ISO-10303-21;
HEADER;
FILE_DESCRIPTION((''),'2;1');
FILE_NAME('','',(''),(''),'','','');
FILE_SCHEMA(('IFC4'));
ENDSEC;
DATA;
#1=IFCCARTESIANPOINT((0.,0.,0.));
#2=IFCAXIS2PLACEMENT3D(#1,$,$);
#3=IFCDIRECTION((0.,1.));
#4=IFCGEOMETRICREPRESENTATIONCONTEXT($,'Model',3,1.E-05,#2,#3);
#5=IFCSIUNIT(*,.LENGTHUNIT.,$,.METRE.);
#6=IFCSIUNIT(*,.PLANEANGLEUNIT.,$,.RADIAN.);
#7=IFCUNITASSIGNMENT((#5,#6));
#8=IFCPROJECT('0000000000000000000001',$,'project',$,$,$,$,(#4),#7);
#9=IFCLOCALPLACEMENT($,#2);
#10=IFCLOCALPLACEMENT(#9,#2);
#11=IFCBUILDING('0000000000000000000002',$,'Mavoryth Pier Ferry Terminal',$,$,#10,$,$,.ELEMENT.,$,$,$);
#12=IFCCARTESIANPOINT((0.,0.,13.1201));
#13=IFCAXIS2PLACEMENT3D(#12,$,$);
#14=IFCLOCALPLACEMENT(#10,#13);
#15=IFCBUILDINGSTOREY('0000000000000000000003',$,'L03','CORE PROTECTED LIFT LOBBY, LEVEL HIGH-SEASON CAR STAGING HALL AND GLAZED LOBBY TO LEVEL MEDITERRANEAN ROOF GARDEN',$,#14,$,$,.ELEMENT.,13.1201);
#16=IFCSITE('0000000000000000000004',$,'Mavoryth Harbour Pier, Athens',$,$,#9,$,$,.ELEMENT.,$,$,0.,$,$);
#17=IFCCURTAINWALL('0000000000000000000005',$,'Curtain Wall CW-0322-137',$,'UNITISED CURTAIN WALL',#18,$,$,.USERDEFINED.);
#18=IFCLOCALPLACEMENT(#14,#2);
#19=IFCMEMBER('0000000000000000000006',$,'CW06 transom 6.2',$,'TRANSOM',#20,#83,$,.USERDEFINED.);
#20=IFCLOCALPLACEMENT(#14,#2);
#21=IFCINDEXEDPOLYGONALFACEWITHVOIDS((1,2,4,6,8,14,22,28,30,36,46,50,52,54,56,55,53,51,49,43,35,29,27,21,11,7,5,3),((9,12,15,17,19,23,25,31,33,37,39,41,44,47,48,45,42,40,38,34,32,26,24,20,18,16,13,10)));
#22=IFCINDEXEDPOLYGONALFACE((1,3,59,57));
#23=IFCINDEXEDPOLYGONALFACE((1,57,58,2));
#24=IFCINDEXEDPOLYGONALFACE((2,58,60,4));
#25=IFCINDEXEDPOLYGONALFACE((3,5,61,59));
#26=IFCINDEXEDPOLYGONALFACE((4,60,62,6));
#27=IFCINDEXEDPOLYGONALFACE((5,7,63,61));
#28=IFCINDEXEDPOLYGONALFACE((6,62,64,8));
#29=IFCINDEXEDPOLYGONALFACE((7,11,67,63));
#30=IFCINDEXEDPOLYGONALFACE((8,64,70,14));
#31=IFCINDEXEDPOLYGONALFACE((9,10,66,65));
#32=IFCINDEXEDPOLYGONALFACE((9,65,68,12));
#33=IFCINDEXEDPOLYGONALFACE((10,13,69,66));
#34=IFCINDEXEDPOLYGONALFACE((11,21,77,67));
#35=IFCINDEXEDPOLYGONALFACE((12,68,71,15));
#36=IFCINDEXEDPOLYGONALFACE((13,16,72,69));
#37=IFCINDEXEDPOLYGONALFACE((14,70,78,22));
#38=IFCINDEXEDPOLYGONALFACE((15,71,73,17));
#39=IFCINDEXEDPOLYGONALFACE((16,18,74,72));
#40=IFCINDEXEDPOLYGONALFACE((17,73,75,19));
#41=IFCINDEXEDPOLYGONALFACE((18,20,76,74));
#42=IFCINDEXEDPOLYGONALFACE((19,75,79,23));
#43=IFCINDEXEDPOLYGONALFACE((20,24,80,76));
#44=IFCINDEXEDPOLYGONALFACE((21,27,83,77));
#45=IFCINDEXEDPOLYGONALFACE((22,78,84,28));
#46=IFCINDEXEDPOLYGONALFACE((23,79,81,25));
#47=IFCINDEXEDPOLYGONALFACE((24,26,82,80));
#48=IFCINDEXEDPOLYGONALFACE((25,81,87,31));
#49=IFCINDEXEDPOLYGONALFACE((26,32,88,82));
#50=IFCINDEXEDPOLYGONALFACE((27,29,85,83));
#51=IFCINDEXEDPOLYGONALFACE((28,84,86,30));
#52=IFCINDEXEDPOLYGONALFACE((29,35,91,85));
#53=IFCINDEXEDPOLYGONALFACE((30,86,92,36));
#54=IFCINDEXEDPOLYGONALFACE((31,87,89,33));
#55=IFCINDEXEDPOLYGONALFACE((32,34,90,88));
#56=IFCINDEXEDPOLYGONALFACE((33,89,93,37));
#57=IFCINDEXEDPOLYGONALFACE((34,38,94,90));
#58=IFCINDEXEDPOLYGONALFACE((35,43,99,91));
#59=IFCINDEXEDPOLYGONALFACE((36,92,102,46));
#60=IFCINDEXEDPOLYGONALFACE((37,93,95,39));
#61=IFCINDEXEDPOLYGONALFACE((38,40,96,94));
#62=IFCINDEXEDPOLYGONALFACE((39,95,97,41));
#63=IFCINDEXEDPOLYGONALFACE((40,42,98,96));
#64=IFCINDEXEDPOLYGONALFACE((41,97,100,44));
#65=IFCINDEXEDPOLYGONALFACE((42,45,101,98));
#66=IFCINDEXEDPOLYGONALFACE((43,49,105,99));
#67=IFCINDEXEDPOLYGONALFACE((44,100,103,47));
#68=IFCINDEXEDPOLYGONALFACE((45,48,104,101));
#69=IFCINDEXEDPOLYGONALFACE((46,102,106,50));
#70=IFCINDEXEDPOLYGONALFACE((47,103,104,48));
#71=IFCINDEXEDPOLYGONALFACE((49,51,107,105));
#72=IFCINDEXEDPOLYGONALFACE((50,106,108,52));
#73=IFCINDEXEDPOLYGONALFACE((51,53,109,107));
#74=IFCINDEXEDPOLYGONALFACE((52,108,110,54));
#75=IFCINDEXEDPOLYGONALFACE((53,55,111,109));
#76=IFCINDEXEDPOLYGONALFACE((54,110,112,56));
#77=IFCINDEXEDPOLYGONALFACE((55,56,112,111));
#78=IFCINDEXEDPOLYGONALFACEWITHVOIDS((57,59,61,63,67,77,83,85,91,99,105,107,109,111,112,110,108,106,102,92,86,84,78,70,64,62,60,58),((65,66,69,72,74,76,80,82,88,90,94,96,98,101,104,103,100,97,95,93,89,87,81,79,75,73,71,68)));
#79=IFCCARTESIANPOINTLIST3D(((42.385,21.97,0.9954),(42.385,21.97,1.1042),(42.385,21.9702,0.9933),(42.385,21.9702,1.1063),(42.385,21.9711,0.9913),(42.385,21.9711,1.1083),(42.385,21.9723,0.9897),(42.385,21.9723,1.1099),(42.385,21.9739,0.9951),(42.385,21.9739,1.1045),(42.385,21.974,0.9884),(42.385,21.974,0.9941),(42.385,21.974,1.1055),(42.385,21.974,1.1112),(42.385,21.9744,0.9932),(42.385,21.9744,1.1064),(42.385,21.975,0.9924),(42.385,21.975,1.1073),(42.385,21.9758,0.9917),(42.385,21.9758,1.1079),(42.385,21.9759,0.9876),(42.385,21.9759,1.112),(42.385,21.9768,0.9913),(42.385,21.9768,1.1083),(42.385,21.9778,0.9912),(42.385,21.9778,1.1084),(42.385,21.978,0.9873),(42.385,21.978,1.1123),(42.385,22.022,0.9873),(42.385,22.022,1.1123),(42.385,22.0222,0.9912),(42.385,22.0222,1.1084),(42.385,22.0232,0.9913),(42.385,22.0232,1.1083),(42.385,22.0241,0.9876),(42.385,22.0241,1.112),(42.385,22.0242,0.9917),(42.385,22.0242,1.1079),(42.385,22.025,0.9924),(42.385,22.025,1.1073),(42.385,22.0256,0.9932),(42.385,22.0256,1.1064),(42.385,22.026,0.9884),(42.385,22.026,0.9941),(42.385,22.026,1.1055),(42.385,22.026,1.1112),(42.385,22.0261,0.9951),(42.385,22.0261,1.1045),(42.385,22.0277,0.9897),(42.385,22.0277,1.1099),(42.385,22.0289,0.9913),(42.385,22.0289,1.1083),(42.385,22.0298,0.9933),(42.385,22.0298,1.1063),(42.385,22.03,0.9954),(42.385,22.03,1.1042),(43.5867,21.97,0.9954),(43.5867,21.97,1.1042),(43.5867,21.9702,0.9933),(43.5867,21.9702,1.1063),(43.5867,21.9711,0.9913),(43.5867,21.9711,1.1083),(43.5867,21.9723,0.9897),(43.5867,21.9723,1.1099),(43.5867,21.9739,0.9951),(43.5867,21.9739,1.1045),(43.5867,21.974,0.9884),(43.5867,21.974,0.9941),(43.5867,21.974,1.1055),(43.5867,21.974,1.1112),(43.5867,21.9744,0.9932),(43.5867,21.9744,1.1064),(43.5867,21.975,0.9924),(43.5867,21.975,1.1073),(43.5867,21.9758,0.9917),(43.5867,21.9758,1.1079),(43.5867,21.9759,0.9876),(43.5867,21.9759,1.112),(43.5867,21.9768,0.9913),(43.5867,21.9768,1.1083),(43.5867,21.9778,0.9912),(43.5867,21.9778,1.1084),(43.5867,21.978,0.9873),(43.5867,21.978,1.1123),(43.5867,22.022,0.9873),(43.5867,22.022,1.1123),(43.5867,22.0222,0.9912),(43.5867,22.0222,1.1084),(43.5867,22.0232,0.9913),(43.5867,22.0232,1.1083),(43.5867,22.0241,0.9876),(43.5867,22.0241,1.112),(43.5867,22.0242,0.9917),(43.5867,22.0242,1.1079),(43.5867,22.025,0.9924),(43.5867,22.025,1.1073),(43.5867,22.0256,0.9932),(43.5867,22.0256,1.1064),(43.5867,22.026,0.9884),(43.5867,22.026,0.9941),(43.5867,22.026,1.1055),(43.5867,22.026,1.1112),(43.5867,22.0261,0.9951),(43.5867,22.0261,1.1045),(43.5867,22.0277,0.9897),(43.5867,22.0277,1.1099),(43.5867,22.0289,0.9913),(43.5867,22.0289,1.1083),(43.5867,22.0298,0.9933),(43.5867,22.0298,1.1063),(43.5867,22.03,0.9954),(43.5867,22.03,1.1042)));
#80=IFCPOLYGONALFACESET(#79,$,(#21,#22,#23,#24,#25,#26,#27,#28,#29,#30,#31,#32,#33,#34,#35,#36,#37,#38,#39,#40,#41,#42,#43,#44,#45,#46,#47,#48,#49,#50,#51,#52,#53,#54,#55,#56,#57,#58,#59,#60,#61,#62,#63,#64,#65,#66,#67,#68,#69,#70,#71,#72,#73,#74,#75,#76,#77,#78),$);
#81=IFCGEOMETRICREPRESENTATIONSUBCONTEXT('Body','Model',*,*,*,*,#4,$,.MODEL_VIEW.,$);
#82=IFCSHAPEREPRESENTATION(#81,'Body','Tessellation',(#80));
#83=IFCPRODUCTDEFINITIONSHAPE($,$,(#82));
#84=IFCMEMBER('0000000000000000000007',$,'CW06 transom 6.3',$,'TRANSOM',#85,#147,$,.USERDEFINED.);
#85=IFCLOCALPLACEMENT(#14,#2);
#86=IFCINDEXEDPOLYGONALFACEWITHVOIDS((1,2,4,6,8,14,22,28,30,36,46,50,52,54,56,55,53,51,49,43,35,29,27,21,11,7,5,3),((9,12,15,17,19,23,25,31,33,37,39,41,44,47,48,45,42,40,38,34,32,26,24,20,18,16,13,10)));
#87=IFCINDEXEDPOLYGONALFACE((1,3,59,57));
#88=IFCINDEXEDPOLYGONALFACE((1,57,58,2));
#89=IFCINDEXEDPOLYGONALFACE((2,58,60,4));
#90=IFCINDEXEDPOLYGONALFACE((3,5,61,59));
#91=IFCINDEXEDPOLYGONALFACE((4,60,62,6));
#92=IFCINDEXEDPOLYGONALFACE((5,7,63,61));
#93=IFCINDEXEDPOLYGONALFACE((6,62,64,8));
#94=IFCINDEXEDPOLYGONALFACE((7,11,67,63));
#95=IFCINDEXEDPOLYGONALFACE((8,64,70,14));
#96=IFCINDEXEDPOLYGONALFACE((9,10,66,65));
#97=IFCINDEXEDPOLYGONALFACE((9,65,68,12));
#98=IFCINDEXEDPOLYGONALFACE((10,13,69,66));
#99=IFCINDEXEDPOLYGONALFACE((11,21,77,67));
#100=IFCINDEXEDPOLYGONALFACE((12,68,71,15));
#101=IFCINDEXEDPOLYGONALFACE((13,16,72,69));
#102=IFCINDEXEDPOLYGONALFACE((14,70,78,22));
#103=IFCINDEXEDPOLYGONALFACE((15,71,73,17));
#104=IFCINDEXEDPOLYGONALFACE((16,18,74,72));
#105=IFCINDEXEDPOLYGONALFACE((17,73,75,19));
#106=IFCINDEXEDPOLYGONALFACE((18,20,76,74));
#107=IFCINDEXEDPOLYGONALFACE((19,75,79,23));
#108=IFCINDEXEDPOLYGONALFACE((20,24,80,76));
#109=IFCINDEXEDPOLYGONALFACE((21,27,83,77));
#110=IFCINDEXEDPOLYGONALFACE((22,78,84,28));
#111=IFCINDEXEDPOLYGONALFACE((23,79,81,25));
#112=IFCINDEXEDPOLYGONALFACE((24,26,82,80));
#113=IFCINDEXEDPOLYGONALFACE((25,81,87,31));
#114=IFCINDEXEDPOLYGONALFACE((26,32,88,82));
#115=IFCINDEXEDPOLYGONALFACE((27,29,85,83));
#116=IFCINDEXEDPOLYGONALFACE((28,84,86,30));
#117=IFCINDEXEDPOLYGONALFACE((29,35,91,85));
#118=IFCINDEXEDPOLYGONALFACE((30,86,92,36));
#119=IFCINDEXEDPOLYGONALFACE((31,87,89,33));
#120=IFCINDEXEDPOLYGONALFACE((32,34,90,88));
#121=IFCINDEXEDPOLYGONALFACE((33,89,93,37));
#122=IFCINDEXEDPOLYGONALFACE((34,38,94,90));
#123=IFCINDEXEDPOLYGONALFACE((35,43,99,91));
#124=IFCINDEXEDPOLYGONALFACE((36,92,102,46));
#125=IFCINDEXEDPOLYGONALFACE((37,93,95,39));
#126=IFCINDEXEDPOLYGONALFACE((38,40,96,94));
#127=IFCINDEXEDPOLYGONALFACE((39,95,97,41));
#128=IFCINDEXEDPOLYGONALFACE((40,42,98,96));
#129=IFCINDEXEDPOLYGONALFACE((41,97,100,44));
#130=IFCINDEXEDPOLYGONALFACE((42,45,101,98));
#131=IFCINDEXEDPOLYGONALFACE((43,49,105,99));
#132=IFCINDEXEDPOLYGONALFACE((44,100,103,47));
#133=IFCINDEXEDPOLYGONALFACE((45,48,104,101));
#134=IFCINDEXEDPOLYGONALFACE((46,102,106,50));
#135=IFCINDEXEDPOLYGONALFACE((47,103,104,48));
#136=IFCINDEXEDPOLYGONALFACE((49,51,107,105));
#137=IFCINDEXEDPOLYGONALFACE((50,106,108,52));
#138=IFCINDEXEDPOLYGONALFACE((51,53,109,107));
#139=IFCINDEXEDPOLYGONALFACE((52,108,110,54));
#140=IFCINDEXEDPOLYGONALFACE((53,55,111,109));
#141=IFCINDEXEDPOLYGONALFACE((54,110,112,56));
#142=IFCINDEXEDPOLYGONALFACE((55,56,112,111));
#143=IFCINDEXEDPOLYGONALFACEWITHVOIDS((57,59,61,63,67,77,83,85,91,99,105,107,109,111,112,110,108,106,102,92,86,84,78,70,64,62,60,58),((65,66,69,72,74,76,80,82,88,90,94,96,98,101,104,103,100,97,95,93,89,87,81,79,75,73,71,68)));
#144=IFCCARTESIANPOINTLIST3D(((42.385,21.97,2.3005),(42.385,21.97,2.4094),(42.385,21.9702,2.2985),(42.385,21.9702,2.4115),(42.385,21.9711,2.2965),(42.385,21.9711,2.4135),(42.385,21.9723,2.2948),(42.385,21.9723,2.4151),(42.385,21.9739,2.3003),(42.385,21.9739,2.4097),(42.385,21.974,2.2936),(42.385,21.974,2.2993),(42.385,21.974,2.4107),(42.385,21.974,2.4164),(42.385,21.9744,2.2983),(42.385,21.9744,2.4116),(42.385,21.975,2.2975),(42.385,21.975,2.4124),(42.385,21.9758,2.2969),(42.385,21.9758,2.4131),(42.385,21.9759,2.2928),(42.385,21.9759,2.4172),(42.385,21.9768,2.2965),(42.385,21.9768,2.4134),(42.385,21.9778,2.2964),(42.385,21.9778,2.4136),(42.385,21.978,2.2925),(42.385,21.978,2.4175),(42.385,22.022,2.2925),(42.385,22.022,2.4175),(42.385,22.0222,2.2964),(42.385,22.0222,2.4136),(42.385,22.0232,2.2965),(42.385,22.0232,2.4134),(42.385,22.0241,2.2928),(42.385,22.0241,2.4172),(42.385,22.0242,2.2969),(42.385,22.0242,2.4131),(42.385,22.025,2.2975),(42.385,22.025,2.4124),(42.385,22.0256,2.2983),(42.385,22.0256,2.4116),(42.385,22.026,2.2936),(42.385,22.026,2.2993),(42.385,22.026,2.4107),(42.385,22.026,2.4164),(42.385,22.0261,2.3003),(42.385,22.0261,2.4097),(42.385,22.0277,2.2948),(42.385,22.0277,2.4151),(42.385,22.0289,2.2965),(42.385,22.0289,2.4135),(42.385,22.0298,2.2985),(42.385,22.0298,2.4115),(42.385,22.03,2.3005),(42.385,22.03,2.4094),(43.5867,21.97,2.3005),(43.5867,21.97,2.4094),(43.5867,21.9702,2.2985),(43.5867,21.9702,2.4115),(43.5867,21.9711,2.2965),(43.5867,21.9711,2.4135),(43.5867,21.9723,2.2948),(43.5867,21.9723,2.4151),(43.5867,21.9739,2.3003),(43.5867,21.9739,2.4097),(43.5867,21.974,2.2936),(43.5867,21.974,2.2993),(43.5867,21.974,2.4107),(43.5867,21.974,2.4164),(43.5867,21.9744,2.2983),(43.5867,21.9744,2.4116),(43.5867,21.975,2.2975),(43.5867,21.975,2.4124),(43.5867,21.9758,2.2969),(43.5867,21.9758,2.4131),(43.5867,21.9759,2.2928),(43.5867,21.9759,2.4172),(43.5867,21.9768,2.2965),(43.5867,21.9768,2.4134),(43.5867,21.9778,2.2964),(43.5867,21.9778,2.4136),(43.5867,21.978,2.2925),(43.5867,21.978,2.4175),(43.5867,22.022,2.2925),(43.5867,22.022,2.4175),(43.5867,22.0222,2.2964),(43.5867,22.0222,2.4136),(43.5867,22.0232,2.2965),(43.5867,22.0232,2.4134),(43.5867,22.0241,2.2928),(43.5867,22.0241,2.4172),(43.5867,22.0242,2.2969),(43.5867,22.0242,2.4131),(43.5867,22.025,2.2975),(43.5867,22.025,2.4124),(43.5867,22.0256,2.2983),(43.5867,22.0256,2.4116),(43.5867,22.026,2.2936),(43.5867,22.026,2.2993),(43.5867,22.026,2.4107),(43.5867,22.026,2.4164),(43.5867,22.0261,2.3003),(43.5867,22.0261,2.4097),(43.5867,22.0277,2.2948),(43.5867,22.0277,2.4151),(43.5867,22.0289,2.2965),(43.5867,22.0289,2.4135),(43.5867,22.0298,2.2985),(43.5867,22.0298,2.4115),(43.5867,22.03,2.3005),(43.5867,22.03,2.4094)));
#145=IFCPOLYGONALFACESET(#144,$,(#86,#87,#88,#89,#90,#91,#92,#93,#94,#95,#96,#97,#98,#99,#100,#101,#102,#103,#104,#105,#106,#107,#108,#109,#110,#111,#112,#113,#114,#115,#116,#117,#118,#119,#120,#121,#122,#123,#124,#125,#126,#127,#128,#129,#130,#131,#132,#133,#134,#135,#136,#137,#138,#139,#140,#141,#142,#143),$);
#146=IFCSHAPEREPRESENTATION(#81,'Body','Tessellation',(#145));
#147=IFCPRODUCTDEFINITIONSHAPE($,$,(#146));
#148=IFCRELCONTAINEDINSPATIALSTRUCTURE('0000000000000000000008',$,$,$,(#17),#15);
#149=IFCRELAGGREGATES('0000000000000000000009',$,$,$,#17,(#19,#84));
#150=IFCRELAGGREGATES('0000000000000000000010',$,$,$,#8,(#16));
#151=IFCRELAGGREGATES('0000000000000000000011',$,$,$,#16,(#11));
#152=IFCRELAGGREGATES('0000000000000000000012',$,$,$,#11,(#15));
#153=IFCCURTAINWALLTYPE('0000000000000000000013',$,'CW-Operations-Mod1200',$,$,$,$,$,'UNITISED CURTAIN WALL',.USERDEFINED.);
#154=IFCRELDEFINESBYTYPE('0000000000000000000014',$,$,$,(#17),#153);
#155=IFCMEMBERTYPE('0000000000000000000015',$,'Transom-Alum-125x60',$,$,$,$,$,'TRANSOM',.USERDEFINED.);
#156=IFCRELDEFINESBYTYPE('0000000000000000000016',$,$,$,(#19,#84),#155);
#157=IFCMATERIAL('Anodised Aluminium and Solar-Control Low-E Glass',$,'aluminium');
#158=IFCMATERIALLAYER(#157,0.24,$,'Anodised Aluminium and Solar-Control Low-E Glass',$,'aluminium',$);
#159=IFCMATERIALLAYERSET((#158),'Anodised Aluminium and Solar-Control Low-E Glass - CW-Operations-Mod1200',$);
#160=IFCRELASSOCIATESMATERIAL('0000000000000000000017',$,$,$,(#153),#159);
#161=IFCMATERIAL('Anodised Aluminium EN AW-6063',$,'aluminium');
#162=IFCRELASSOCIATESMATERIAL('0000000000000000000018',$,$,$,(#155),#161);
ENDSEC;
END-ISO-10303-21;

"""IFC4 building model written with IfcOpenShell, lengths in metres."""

from ifc_helpers import new_model, si_unit, direction, frame, origin, origin_2d, place, context, subcontext, project, spatial, hollow_rectangle, extrude, material, layer, layer_set, material_profile, profile_set, type_object, element, aggregate, save


model = new_model("IFC4")

# Units and contexts
model_context = context("Model", 3, precision=1e-05, world=origin(), true_north=direction((0.0, 1.0)))
body_context = subcontext(model_context, "Body", "Model", "MODEL_VIEW")
ifc_project = project(units=[si_unit("LENGTHUNIT", "METRE"), si_unit("PLANEANGLEUNIT", "RADIAN")], contexts=[model_context])

# Site, building, storey
site_placement = place(None, origin())
site = spatial("IfcSite", under=ifc_project, at=site_placement, Name="Mavoryth Harbour Pier, Athens", CompositionType="ELEMENT", RefElevation=0.0)
building_placement = place(site_placement, origin())
building = spatial("IfcBuilding", under=site, at=building_placement, Name="Mavoryth Pier Ferry Terminal", CompositionType="ELEMENT")
storey_placement = place(building_placement, frame((0.0, 0.0, 13.1201)))
storey = spatial("IfcBuildingStorey", under=building, at=storey_placement, Name="L03", Description="CORE PROTECTED LIFT LOBBY, LEVEL HIGH-SEASON CAR STAGING HALL AND GLAZED LOBBY TO LEVEL MEDITERRANEAN ROOF GARDEN", CompositionType="ELEMENT", Elevation=13.1201)

# Curtain wall
ifc_material_1 = material(Name="Anodised Aluminium and Solar-Control Low-E Glass", Category="aluminium")
ifc_layer_1 = layer(ifc_material_1, 0.24, Name="Anodised Aluminium and Solar-Control Low-E Glass", Category="aluminium")
ifc_layer_set_1 = layer_set([ifc_layer_1], Name="Anodised Aluminium and Solar-Control Low-E Glass - CW-Operations-Mod1200")
curtain_wall_type = type_object("IfcCurtainWallType", Name="CW-Operations-Mod1200", ElementType="UNITISED CURTAIN WALL", PredefinedType="USERDEFINED", material=ifc_layer_set_1)
curtain_wall_1_placement = place(storey_placement, origin())
curtain_wall_1 = element("IfcCurtainWall", 1, at=curtain_wall_1_placement, inside=storey, type_object=curtain_wall_type, Name="Curtain Wall CW-0322-137", ObjectType="UNITISED CURTAIN WALL", PredefinedType="USERDEFINED")
ifc_material_2 = material(Name="Anodised Aluminium EN AW-6063", Category="aluminium")

# Members
ifc_material_profile_1 = material_profile(ifc_material_2, hollow_rectangle(XDim=0.0601, YDim=0.125, WallThickness=0.0039, InnerFilletRadius=0.0039, OuterFilletRadius=0.0081, at=origin_2d()), Name="AL-TRAN 125x60x4", Category="aluminium")
ifc_profile_set_1 = profile_set([ifc_material_profile_1], Name="Anodised Aluminium EN AW-6063 - AL-TRAN 125x60x4")
member_type_1 = type_object("IfcMemberType", Name="Transom-Alum-125x60", ElementType="TRANSOM", PredefinedType="USERDEFINED", material=ifc_profile_set_1)
member_1_placement = place(storey_placement, frame((43.5867, 22.0, 1.0498), z_axis=(-1.0, 0.0, 0.0), x_axis=(0.0, -1.0, 0.0)))
member_1 = element("IfcMember", 2, at=member_1_placement, type_object=member_type_1, Name="CW06 transom 6.2", ObjectType="TRANSOM", PredefinedType="USERDEFINED", context=body_context, shape_type="SweptSolid", body=[
    extrude(hollow_rectangle(XDim=0.0601, YDim=0.125, WallThickness=0.0039, InnerFilletRadius=0.0039, OuterFilletRadius=0.0081, at=origin_2d()), origin(), (0.0, 0.0, 1.0), 1.2017),
])
member_2_placement = place(storey_placement, frame((43.5867, 22.0, 2.355), z_axis=(-1.0, 0.0, 0.0), x_axis=(0.0, -1.0, 0.0)))
member_2 = element("IfcMember", 3, at=member_2_placement, type_object=member_type_1, Name="CW06 transom 6.3", ObjectType="TRANSOM", PredefinedType="USERDEFINED", context=body_context, shape_type="SweptSolid", body=[
    extrude(hollow_rectangle(XDim=0.0601, YDim=0.125, WallThickness=0.0039, InnerFilletRadius=0.0039, OuterFilletRadius=0.0081, at=origin_2d()), origin(), (0.0, 0.0, 1.0), 1.2017),
])

aggregate(curtain_wall_1, [member_1, member_2])

save(model, "model.ifc")
